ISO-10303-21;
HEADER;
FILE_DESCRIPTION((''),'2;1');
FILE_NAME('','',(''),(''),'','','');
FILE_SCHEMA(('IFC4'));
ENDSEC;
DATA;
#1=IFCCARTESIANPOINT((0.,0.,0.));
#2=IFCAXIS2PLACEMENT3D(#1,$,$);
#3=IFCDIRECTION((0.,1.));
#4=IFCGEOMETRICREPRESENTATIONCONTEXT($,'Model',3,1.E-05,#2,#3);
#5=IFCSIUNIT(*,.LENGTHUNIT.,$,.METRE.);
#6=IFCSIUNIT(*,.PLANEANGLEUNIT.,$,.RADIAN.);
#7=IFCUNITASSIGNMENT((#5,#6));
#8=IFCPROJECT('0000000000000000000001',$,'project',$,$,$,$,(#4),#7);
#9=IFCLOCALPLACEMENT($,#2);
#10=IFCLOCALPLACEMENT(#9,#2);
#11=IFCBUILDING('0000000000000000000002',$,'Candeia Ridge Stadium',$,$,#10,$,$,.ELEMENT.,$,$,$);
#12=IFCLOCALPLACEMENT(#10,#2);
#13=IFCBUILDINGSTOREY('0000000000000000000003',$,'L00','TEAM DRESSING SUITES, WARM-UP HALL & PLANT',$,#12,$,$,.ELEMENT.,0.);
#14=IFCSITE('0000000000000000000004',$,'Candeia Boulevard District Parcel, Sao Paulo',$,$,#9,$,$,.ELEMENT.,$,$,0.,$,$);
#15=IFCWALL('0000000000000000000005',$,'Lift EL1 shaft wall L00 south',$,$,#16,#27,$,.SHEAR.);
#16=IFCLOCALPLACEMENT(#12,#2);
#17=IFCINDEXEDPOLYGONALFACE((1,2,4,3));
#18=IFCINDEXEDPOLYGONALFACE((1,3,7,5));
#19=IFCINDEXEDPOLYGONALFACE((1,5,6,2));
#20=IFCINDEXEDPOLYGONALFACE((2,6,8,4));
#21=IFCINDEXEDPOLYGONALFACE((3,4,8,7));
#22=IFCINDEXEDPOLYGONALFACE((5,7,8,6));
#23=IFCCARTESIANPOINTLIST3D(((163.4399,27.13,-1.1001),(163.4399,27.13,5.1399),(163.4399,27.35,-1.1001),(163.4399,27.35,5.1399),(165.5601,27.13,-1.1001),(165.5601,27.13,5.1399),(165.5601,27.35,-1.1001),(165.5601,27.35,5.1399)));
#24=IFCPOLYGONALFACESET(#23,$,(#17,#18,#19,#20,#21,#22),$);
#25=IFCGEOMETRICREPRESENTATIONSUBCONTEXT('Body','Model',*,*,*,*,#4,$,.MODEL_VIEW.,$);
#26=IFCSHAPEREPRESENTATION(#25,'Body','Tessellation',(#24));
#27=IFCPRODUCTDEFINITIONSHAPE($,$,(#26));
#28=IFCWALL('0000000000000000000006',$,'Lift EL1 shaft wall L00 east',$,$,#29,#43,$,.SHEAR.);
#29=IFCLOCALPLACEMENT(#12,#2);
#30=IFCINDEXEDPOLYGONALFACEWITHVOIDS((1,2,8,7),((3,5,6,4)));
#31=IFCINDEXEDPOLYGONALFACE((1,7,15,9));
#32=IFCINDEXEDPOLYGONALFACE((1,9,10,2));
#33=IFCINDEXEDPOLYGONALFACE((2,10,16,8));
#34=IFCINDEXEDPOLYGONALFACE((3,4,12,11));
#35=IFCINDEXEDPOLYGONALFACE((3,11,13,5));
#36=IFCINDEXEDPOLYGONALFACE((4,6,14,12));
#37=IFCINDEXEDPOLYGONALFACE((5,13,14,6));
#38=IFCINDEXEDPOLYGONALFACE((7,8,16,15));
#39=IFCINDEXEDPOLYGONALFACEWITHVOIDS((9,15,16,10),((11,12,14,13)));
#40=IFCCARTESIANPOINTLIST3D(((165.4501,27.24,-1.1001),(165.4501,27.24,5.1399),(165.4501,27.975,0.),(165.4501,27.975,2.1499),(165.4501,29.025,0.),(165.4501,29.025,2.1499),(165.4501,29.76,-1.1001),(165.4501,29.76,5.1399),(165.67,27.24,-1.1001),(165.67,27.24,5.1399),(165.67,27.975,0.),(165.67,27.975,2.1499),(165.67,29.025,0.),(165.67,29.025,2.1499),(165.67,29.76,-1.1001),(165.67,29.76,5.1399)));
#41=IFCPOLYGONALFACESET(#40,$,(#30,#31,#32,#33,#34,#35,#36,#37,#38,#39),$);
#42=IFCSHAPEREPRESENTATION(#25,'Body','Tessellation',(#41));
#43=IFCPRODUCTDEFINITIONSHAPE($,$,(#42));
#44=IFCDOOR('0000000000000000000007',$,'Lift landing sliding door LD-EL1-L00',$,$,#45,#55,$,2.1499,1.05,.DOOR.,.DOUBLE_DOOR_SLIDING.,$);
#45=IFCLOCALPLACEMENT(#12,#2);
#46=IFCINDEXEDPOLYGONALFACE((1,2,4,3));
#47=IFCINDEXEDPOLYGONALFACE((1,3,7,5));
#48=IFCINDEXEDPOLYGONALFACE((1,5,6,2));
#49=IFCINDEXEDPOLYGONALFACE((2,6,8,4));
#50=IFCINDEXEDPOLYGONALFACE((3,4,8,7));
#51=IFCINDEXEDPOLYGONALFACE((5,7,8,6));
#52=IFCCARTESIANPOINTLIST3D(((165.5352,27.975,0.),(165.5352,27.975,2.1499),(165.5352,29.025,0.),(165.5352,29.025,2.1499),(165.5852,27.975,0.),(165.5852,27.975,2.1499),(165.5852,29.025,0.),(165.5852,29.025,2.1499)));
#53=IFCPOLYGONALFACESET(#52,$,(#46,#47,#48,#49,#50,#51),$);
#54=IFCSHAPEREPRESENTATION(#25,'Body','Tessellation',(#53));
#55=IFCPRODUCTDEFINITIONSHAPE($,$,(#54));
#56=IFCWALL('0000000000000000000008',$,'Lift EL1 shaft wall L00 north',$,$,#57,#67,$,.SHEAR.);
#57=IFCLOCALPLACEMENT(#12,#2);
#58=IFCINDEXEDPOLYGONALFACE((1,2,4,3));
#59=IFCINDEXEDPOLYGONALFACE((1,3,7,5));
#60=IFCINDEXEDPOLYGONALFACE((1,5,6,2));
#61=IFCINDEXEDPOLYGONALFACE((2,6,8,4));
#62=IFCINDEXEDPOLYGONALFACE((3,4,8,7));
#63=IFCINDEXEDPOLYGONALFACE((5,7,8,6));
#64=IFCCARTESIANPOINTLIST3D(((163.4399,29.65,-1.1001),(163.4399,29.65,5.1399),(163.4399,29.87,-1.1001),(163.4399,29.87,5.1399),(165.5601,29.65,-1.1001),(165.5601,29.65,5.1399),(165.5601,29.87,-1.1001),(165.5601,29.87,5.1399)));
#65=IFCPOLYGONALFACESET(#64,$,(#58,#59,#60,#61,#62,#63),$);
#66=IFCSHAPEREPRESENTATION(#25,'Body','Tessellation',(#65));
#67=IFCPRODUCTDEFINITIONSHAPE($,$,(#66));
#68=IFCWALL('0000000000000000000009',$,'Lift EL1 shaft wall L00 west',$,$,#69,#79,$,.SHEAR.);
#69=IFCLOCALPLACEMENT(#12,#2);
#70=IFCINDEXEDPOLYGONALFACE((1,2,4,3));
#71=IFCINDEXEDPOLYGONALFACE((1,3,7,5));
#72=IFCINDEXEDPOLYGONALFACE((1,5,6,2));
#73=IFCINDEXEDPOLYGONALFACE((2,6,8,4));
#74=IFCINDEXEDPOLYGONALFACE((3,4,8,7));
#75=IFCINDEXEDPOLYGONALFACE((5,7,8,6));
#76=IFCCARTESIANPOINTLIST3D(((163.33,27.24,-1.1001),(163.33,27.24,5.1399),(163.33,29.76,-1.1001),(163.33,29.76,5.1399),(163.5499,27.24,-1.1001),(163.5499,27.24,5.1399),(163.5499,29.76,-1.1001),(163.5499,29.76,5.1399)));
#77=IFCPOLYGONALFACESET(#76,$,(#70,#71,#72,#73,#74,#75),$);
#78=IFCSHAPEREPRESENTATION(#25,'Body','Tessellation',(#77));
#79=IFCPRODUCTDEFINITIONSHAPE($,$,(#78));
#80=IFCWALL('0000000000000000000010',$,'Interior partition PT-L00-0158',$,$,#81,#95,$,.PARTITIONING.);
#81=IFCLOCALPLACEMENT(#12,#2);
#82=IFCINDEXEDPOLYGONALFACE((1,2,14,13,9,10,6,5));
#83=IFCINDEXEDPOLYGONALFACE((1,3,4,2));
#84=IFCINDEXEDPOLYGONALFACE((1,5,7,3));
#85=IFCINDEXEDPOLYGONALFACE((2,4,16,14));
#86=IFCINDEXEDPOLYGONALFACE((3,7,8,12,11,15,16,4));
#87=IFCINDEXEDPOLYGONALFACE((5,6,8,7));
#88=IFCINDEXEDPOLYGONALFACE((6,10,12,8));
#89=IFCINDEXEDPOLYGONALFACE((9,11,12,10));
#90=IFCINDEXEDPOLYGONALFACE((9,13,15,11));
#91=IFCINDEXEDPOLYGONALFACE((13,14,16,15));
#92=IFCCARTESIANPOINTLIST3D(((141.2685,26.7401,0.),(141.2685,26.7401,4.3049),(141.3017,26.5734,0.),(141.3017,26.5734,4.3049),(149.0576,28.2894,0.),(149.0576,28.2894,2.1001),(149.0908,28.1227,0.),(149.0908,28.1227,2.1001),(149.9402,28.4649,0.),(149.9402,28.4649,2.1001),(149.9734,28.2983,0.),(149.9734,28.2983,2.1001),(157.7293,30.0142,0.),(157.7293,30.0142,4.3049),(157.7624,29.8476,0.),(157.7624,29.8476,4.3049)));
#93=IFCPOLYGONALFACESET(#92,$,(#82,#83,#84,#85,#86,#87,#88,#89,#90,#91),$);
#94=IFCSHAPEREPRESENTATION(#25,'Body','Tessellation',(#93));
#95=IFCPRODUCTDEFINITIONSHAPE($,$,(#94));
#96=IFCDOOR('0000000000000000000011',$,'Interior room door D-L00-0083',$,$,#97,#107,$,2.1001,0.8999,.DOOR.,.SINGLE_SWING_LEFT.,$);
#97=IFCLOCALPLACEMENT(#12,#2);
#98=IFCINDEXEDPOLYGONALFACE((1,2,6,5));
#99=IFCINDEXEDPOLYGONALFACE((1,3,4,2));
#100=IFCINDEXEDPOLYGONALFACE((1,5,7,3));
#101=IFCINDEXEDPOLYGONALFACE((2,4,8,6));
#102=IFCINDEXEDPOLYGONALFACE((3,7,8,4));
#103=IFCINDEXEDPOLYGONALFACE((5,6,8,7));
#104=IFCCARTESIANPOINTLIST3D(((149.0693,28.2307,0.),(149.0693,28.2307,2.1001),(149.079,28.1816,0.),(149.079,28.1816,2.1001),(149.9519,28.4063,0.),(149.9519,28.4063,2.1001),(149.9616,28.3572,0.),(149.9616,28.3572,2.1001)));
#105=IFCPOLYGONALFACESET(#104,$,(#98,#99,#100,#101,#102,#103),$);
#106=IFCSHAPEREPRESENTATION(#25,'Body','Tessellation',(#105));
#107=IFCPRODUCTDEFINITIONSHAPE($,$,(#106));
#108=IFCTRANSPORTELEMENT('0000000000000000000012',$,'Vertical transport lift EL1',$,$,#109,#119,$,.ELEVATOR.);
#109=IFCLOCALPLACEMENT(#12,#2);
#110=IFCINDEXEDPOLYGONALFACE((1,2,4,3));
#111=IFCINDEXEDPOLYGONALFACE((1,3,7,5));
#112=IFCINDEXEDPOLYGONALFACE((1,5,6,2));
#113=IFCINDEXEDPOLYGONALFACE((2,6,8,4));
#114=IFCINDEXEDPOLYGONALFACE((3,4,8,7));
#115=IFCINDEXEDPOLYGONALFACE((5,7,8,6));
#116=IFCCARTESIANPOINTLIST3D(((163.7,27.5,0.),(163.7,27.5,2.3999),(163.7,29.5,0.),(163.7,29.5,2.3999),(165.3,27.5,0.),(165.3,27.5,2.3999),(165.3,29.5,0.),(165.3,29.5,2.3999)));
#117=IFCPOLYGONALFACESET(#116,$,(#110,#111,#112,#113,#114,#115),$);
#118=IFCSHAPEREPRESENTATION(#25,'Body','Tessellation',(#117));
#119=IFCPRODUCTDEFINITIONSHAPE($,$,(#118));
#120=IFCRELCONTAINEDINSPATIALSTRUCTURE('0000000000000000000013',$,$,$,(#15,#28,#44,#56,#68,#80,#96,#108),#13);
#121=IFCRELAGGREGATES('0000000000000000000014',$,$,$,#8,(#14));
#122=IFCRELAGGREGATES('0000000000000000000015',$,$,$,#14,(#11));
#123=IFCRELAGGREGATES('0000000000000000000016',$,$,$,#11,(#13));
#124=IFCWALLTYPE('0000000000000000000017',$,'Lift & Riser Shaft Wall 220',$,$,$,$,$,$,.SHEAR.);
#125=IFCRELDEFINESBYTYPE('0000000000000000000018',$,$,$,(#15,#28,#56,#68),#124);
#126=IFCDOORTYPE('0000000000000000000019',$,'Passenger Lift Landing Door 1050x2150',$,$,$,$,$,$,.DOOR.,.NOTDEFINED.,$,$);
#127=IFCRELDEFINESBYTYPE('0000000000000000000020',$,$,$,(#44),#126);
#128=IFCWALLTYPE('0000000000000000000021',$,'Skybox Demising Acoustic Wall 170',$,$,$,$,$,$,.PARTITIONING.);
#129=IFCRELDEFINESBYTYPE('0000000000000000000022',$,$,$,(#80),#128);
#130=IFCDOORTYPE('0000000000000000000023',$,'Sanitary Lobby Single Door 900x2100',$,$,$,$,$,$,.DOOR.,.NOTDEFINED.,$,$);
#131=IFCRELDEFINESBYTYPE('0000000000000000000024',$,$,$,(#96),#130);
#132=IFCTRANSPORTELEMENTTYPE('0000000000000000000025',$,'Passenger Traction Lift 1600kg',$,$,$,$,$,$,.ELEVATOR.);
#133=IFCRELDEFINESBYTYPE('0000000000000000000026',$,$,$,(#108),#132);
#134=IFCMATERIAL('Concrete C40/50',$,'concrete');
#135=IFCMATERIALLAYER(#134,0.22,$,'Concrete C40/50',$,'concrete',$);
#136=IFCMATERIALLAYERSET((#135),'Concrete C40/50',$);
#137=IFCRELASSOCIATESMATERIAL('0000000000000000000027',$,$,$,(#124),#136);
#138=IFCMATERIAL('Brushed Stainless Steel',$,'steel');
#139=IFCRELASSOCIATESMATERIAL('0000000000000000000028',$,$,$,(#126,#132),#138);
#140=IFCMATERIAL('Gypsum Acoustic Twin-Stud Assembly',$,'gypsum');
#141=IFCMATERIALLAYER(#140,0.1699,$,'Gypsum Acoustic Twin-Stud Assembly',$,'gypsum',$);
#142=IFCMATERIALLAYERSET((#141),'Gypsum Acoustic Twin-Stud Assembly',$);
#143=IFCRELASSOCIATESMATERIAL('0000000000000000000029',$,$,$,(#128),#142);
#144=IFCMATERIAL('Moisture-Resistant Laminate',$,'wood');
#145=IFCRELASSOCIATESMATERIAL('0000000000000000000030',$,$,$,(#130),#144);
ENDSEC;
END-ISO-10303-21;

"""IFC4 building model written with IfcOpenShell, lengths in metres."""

from ifc_helpers import new_model, si_unit, direction, frame, frame_2d, origin, origin_2d, place, context, subcontext, project, spatial, rectangle, extrude, material, layer, layer_set, type_object, element, fill, save


model = new_model("IFC4")

# Units and contexts
model_context = context("Model", 3, precision=1e-05, world=origin(), true_north=direction((0.0, 1.0)))
body_context = subcontext(model_context, "Body", "Model", "MODEL_VIEW")
ifc_project = project(units=[si_unit("LENGTHUNIT", "METRE"), si_unit("PLANEANGLEUNIT", "RADIAN")], contexts=[model_context])

# Site, building, storey
site_placement = place(None, origin())
site = spatial("IfcSite", under=ifc_project, at=site_placement, Name="Candeia Boulevard District Parcel, Sao Paulo", CompositionType="ELEMENT", RefElevation=0.0)
building_placement = place(site_placement, origin())
building = spatial("IfcBuilding", under=site, at=building_placement, Name="Candeia Ridge Stadium", CompositionType="ELEMENT")
storey_placement = place(building_placement, origin())
storey = spatial("IfcBuildingStorey", under=building, at=storey_placement, Name="L00", Description="TEAM DRESSING SUITES, WARM-UP HALL & PLANT", CompositionType="ELEMENT", Elevation=0.0)

# Shared definitions
ifc_material_1 = material(Name="Concrete C40/50", Category="concrete")

# Wall
ifc_layer_1 = layer(ifc_material_1, 0.22, Name="Concrete C40/50", Category="concrete")
ifc_layer_set_1 = layer_set([ifc_layer_1], Name="Concrete C40/50")
wall_type_1 = type_object("IfcWallType", Name="Lift & Riser Shaft Wall 220", PredefinedType="SHEAR", material=ifc_layer_set_1)
wall_1_placement = place(storey_placement, frame((163.4399, 27.24, -1.1001), z_axis=(0.0, 0.0, 1.0), x_axis=(1.0, 0.0, 0.0)))
element("IfcWall", 1, at=wall_1_placement, inside=storey, type_object=wall_type_1, Name="Lift EL1 shaft wall L00 south", PredefinedType="SHEAR", context=body_context, shape_type="SweptSolid", body=[
    extrude(rectangle(XDim=2.1201, YDim=0.22, at=frame_2d((1.0601, 0.0))), origin(), (0.0, 0.0, 1.0), 6.24),
])

# Wall, opening, door
wall_2_placement = place(storey_placement, frame((165.5601, 27.24, -1.1001), z_axis=(0.0, 0.0, 1.0), x_axis=(0.0, 1.0, 0.0)))
wall_2 = element("IfcWall", 2, at=wall_2_placement, inside=storey, type_object=wall_type_1, Name="Lift EL1 shaft wall L00 east", PredefinedType="SHEAR", context=body_context, shape_type="SweptSolid", body=[
    extrude(rectangle(XDim=2.52, YDim=0.22, at=frame_2d((1.26, 0.0))), origin(), (0.0, 0.0, 1.0), 6.24),
])
opening_1_placement = place(wall_2_placement, frame((0.7351, 0.0, 1.1001)))
opening_1 = element("IfcOpeningElement", 3, at=opening_1_placement, cuts=wall_2, PredefinedType="OPENING", context=body_context, shape_type="SweptSolid", body=[
    extrude(rectangle(XDim=1.05, YDim=2.1499, at=frame_2d((0.5249, 1.075))), frame((0.0, 0.1199, 0.0), z_axis=(0.0, -1.0, 0.0), x_axis=(1.0, 0.0, 0.0)), (0.0, 0.0, 1.0), 0.24),
])
ifc_material_2 = material(Name="Brushed Stainless Steel", Category="steel")
door_type_1 = type_object("IfcDoorType", Name="Passenger Lift Landing Door 1050x2150", OperationType="NOTDEFINED", PredefinedType="DOOR", material=ifc_material_2)
door_1_placement = place(opening_1_placement, origin())
door_1 = element("IfcDoor", 4, at=door_1_placement, inside=storey, type_object=door_type_1, Name="Lift landing sliding door LD-EL1-L00", OperationType="DOUBLE_DOOR_SLIDING", OverallHeight=2.1499, OverallWidth=1.05, PredefinedType="DOOR", context=body_context, shape_type="SweptSolid", body=[
    extrude(rectangle(XDim=1.05, YDim=2.1499, at=frame_2d((0.5249, 1.075))), frame((0.0, 0.0249, 0.0), z_axis=(0.0, -1.0, 0.0), x_axis=(1.0, 0.0, 0.0)), (0.0, 0.0, 1.0), 0.05),
])
fill(opening_1, door_1)

# Walls
wall_3_placement = place(storey_placement, frame((165.5601, 29.76, -1.1001), z_axis=(0.0, 0.0, 1.0), x_axis=(-1.0, 0.0, 0.0)))
element("IfcWall", 5, at=wall_3_placement, inside=storey, type_object=wall_type_1, Name="Lift EL1 shaft wall L00 north", PredefinedType="SHEAR", context=body_context, shape_type="SweptSolid", body=[
    extrude(rectangle(XDim=2.1201, YDim=0.22, at=frame_2d((1.0601, 0.0))), origin(), (0.0, 0.0, 1.0), 6.24),
])
wall_4_placement = place(storey_placement, frame((163.4399, 29.76, -1.1001), z_axis=(0.0, 0.0, 1.0), x_axis=(0.0, -1.0, 0.0)))
element("IfcWall", 6, at=wall_4_placement, inside=storey, type_object=wall_type_1, Name="Lift EL1 shaft wall L00 west", PredefinedType="SHEAR", context=body_context, shape_type="SweptSolid", body=[
    extrude(rectangle(XDim=2.52, YDim=0.22, at=frame_2d((1.26, 0.0))), origin(), (0.0, 0.0, 1.0), 6.24),
])

# Wall, opening, door
ifc_material_3 = material(Name="Gypsum Acoustic Twin-Stud Assembly", Category="gypsum")
ifc_layer_2 = layer(ifc_material_3, 0.1699, Name="Gypsum Acoustic Twin-Stud Assembly", Category="gypsum")
ifc_layer_set_2 = layer_set([ifc_layer_2], Name="Gypsum Acoustic Twin-Stud Assembly")
wall_type_2 = type_object("IfcWallType", Name="Skybox Demising Acoustic Wall 170", PredefinedType="PARTITIONING", material=ifc_layer_set_2)
wall_5_placement = place(storey_placement, frame((157.7458, 29.9309, 0.0), z_axis=(0.0, 0.0, 1.0), x_axis=(-0.980786, -0.195087, 0.0)))
wall_5 = element("IfcWall", 7, at=wall_5_placement, inside=storey, type_object=wall_type_2, Name="Interior partition PT-L00-0158", PredefinedType="PARTITIONING", context=body_context, shape_type="SweptSolid", body=[
    extrude(rectangle(XDim=16.7832, YDim=0.1699, at=frame_2d((8.3916, 0.0))), origin(), (0.0, 0.0, 1.0), 4.3049),
])
opening_2_placement = place(wall_5_placement, frame((7.9417, 0.0, 0.0)))
opening_2 = element("IfcOpeningElement", 8, at=opening_2_placement, cuts=wall_5, PredefinedType="OPENING", context=body_context, shape_type="SweptSolid", body=[
    extrude(rectangle(XDim=0.8999, YDim=2.1001, at=frame_2d((0.45, 1.05))), frame((0.0, 0.095, 0.0), z_axis=(0.0, -1.0, 0.0), x_axis=(1.0, 0.0, 0.0)), (0.0, 0.0, 1.0), 0.1899),
])
ifc_material_4 = material(Name="Moisture-Resistant Laminate", Category="wood")
door_type_2 = type_object("IfcDoorType", Name="Sanitary Lobby Single Door 900x2100", OperationType="NOTDEFINED", PredefinedType="DOOR", material=ifc_material_4)
door_2_placement = place(opening_2_placement, origin())
door_2 = element("IfcDoor", 9, at=door_2_placement, inside=storey, type_object=door_type_2, Name="Interior room door D-L00-0083", OperationType="SINGLE_SWING_LEFT", OverallHeight=2.1001, OverallWidth=0.8999, PredefinedType="DOOR", context=body_context, shape_type="SweptSolid", body=[
    extrude(rectangle(XDim=0.8999, YDim=2.1001, at=frame_2d((0.45, 1.05))), frame((0.0, 0.0249, 0.0), z_axis=(0.0, -1.0, 0.0), x_axis=(1.0, 0.0, 0.0)), (0.0, 0.0, 1.0), 0.05),
])
fill(opening_2, door_2)

# Transport element
transport_element_type = type_object("IfcTransportElementType", Name="Passenger Traction Lift 1600kg", PredefinedType="ELEVATOR", material=ifc_material_2)
transport_element_placement = place(storey_placement, frame((164.5, 28.5, 0.0), z_axis=(0.0, 0.0, 1.0), x_axis=(1.0, 0.0, 0.0)))
element("IfcTransportElement", 10, at=transport_element_placement, inside=storey, type_object=transport_element_type, Name="Vertical transport lift EL1", PredefinedType="ELEVATOR", context=body_context, shape_type="SweptSolid", body=[
    extrude(rectangle(XDim=1.6001, YDim=2.0, at=origin_2d()), origin(), (0.0, 0.0, 1.0), 2.3999),
])

save(model, "model.ifc")
